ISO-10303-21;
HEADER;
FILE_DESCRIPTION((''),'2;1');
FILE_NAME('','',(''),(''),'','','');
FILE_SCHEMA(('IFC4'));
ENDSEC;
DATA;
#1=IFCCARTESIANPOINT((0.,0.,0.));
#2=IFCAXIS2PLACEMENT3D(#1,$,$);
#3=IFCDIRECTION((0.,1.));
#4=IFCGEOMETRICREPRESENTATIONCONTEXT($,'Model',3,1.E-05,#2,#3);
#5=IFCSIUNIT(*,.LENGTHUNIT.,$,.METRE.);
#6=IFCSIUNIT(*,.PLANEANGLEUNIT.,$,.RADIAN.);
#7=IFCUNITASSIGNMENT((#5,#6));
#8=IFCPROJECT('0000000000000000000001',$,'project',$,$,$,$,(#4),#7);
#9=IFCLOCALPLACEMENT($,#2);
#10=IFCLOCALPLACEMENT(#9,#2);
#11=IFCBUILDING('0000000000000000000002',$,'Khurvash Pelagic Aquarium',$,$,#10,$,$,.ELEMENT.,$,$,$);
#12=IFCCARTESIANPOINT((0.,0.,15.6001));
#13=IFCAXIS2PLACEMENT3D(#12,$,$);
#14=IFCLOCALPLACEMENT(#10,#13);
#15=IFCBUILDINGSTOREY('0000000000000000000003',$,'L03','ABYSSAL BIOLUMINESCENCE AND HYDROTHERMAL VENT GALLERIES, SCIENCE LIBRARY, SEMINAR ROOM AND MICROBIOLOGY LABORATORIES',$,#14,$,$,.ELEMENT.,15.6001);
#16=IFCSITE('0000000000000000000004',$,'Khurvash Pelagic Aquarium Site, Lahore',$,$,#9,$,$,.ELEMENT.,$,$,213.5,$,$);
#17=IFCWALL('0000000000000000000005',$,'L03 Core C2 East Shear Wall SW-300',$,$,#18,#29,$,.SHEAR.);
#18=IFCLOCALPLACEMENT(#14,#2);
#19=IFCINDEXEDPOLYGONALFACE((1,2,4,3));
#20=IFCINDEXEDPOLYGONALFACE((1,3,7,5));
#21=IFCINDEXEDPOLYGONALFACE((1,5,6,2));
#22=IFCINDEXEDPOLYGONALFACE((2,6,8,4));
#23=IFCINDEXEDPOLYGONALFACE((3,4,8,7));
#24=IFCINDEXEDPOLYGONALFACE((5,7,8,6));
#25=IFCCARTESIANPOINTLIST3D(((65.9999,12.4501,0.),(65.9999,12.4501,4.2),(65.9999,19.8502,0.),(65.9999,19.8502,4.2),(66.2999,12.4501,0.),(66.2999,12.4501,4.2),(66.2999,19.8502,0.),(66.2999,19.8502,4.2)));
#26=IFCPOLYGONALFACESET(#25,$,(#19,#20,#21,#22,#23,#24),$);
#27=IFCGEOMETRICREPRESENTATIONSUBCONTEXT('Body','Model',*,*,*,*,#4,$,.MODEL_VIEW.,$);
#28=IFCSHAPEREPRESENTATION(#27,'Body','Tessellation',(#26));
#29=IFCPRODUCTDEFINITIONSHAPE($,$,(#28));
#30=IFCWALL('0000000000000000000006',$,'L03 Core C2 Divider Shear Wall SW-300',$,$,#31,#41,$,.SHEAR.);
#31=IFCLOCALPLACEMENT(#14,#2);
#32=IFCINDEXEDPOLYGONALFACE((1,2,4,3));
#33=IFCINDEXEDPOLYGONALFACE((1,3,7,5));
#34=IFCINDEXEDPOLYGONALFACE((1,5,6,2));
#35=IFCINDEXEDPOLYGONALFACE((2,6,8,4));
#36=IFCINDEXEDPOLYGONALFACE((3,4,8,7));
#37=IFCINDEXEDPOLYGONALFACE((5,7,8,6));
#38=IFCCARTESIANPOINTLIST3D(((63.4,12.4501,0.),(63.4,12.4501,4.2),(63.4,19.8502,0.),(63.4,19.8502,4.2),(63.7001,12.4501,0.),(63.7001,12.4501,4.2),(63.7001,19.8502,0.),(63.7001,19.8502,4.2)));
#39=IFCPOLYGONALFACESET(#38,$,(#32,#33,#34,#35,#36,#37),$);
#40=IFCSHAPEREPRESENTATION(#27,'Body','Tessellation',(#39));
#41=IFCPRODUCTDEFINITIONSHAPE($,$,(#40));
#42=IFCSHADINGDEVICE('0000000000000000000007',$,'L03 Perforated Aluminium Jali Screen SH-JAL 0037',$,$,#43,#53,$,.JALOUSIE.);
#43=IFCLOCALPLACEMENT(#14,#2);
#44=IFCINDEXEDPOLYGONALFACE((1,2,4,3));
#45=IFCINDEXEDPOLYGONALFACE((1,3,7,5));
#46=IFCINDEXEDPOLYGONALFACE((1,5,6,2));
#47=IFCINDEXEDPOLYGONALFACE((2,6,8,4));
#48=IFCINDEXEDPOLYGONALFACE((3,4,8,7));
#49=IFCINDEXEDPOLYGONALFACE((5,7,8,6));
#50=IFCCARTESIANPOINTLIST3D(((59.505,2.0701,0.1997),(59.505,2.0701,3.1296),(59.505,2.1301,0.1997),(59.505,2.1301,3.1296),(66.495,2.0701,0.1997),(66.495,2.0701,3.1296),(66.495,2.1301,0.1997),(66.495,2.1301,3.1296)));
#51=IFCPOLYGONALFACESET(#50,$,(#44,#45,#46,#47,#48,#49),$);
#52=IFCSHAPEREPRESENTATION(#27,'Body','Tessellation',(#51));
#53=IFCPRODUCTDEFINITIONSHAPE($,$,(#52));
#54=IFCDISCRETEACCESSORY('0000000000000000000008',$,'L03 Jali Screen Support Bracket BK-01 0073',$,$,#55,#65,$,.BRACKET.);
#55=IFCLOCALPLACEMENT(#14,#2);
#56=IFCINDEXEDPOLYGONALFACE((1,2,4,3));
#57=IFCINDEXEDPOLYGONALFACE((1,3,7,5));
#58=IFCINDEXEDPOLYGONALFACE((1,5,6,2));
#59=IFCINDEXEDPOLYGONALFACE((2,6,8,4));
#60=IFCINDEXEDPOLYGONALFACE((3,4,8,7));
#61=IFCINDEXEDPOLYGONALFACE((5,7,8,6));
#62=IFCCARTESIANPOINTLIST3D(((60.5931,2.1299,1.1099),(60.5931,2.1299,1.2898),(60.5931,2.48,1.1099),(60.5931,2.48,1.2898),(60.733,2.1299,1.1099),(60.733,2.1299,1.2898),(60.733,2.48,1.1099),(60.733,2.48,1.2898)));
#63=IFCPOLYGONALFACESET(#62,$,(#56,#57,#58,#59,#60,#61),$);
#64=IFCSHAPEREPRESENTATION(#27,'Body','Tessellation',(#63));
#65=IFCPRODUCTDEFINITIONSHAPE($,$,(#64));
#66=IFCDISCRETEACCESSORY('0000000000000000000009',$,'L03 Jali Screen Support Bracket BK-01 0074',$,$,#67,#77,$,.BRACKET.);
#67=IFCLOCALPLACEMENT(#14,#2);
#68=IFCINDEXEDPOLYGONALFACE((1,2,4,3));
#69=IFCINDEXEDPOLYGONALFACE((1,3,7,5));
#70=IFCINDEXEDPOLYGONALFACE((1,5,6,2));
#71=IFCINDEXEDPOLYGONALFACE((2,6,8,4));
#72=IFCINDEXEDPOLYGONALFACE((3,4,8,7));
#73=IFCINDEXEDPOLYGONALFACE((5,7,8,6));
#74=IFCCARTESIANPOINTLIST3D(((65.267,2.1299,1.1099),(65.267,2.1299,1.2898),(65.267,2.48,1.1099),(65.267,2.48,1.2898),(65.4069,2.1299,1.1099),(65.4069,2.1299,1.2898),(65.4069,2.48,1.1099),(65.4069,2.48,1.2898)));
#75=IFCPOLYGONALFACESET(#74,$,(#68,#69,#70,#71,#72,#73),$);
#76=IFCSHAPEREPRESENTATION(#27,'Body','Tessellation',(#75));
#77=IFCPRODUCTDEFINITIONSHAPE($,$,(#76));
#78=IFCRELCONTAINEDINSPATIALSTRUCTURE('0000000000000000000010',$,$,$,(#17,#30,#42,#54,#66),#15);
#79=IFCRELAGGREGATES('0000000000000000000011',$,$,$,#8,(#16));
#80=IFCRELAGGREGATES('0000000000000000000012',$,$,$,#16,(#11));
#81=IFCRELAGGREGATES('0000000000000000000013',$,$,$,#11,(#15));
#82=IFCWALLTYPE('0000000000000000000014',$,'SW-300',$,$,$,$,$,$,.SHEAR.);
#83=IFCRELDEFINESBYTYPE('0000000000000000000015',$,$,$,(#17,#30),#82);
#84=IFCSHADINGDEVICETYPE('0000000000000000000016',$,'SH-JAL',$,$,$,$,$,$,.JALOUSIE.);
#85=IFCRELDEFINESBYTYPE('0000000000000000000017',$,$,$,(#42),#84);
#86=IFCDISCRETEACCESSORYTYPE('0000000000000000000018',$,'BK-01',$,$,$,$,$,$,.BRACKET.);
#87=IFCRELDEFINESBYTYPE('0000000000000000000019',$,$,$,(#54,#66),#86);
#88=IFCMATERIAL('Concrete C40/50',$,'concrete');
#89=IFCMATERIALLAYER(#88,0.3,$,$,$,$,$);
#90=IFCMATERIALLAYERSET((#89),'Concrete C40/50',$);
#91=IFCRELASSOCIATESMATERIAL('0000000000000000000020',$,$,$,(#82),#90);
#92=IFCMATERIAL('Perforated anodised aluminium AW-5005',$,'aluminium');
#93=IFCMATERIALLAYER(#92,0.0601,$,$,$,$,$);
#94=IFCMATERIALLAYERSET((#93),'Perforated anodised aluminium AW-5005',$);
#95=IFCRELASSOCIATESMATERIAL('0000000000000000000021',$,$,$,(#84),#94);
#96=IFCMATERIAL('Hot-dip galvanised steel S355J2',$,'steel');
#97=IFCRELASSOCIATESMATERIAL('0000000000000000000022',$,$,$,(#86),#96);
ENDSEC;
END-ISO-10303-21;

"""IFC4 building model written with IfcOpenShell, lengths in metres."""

from ifc_helpers import new_model, si_unit, direction, frame, frame_2d, origin, origin_2d, place, context, subcontext, project, spatial, rectangle, extrude, material, layer, layer_set, type_object, element, save


model = new_model("IFC4")

# Units and contexts
model_context = context("Model", 3, precision=1e-05, world=origin(), true_north=direction((0.0, 1.0)))
body_context = subcontext(model_context, "Body", "Model", "MODEL_VIEW")
ifc_project = project(units=[si_unit("LENGTHUNIT", "METRE"), si_unit("PLANEANGLEUNIT", "RADIAN")], contexts=[model_context])

# Site, building, storey
site_placement = place(None, origin())
site = spatial("IfcSite", under=ifc_project, at=site_placement, Name="Khurvash Pelagic Aquarium Site, Lahore", CompositionType="ELEMENT", RefElevation=213.5)
building_placement = place(site_placement, origin())
building = spatial("IfcBuilding", under=site, at=building_placement, Name="Khurvash Pelagic Aquarium", CompositionType="ELEMENT")
storey_placement = place(building_placement, frame((0.0, 0.0, 15.6001)))
storey = spatial("IfcBuildingStorey", under=building, at=storey_placement, Name="L03", Description="ABYSSAL BIOLUMINESCENCE AND HYDROTHERMAL VENT GALLERIES, SCIENCE LIBRARY, SEMINAR ROOM AND MICROBIOLOGY LABORATORIES", CompositionType="ELEMENT", Elevation=15.6001)

# Shared definitions
ifc_material_1 = material(Name="Concrete C40/50", Category="concrete")

# Walls
ifc_layer_1 = layer(ifc_material_1, 0.3)
ifc_layer_set_1 = layer_set([ifc_layer_1], Name="Concrete C40/50")
wall_type_1 = type_object("IfcWallType", Name="SW-300", PredefinedType="SHEAR", material=ifc_layer_set_1)
for number, where, z_axis, x_axis, name in (
    (1, (66.1499, 12.45, 0.0), (0.0, 0.0, 1.0), (0.0, 1.0, 0.0), "L03 Core C2 East Shear Wall SW-300"),
    (2, (63.55, 12.45, 0.0), (0.0, 0.0, 1.0), (0.0, 1.0, 0.0), "L03 Core C2 Divider Shear Wall SW-300"),
):
    element("IfcWall", number, at=place(storey_placement, frame(where, z_axis=z_axis, x_axis=x_axis)), inside=storey, type_object=wall_type_1, Name=name, PredefinedType="SHEAR", context=body_context, shape_type="SweptSolid", body=[
        extrude(rectangle(XDim=7.4001, YDim=0.3, at=frame_2d((3.7002, 0.0))), origin(), (0.0, 0.0, 1.0), 4.2),
    ])

# Shading device
ifc_material_2 = material(Name="Perforated anodised aluminium AW-5005", Category="aluminium")
ifc_layer_2 = layer(ifc_material_2, 0.0601)
ifc_layer_set_2 = layer_set([ifc_layer_2], Name="Perforated anodised aluminium AW-5005")
shading_device_type = type_object("IfcShadingDeviceType", Name="SH-JAL", PredefinedType="JALOUSIE", material=ifc_layer_set_2)
shading_device_placement = place(storey_placement, frame((63.0, 2.1001, 0.1997), z_axis=(0.0, 0.0, 1.0), x_axis=(1.0, 0.0, 0.0)))
element("IfcShadingDevice", 3, at=shading_device_placement, inside=storey, type_object=shading_device_type, Name="L03 Perforated Aluminium Jali Screen SH-JAL 0037", PredefinedType="JALOUSIE", context=body_context, shape_type="SweptSolid", body=[
    extrude(rectangle(XDim=6.99, YDim=0.0601, at=origin_2d()), origin(), (0.0, 0.0, 1.0), 2.9299),
])

# Discrete accessories
ifc_material_3 = material(Name="Hot-dip galvanised steel S355J2", Category="steel")
discrete_accessory_type = type_object("IfcDiscreteAccessoryType", Name="BK-01", PredefinedType="BRACKET", material=ifc_material_3)
for number, where, z_axis, x_axis, name in (
    (4, (60.6631, 2.3049, 1.1099), (0.0, 0.0, 1.0), (1.0, 0.0, 0.0), "L03 Jali Screen Support Bracket BK-01 0073"),
    (5, (65.3369, 2.3049, 1.1099), (0.0, 0.0, 1.0), (1.0, 0.0, 0.0), "L03 Jali Screen Support Bracket BK-01 0074"),
):
    element("IfcDiscreteAccessory", number, at=place(storey_placement, frame(where, z_axis=z_axis, x_axis=x_axis)), inside=storey, type_object=discrete_accessory_type, Name=name, PredefinedType="BRACKET", context=body_context, shape_type="SweptSolid", body=[
        extrude(rectangle(XDim=0.1399, YDim=0.3501, at=origin_2d()), origin(), (0.0, 0.0, 1.0), 0.1799),
    ])

save(model, "model.ifc")
